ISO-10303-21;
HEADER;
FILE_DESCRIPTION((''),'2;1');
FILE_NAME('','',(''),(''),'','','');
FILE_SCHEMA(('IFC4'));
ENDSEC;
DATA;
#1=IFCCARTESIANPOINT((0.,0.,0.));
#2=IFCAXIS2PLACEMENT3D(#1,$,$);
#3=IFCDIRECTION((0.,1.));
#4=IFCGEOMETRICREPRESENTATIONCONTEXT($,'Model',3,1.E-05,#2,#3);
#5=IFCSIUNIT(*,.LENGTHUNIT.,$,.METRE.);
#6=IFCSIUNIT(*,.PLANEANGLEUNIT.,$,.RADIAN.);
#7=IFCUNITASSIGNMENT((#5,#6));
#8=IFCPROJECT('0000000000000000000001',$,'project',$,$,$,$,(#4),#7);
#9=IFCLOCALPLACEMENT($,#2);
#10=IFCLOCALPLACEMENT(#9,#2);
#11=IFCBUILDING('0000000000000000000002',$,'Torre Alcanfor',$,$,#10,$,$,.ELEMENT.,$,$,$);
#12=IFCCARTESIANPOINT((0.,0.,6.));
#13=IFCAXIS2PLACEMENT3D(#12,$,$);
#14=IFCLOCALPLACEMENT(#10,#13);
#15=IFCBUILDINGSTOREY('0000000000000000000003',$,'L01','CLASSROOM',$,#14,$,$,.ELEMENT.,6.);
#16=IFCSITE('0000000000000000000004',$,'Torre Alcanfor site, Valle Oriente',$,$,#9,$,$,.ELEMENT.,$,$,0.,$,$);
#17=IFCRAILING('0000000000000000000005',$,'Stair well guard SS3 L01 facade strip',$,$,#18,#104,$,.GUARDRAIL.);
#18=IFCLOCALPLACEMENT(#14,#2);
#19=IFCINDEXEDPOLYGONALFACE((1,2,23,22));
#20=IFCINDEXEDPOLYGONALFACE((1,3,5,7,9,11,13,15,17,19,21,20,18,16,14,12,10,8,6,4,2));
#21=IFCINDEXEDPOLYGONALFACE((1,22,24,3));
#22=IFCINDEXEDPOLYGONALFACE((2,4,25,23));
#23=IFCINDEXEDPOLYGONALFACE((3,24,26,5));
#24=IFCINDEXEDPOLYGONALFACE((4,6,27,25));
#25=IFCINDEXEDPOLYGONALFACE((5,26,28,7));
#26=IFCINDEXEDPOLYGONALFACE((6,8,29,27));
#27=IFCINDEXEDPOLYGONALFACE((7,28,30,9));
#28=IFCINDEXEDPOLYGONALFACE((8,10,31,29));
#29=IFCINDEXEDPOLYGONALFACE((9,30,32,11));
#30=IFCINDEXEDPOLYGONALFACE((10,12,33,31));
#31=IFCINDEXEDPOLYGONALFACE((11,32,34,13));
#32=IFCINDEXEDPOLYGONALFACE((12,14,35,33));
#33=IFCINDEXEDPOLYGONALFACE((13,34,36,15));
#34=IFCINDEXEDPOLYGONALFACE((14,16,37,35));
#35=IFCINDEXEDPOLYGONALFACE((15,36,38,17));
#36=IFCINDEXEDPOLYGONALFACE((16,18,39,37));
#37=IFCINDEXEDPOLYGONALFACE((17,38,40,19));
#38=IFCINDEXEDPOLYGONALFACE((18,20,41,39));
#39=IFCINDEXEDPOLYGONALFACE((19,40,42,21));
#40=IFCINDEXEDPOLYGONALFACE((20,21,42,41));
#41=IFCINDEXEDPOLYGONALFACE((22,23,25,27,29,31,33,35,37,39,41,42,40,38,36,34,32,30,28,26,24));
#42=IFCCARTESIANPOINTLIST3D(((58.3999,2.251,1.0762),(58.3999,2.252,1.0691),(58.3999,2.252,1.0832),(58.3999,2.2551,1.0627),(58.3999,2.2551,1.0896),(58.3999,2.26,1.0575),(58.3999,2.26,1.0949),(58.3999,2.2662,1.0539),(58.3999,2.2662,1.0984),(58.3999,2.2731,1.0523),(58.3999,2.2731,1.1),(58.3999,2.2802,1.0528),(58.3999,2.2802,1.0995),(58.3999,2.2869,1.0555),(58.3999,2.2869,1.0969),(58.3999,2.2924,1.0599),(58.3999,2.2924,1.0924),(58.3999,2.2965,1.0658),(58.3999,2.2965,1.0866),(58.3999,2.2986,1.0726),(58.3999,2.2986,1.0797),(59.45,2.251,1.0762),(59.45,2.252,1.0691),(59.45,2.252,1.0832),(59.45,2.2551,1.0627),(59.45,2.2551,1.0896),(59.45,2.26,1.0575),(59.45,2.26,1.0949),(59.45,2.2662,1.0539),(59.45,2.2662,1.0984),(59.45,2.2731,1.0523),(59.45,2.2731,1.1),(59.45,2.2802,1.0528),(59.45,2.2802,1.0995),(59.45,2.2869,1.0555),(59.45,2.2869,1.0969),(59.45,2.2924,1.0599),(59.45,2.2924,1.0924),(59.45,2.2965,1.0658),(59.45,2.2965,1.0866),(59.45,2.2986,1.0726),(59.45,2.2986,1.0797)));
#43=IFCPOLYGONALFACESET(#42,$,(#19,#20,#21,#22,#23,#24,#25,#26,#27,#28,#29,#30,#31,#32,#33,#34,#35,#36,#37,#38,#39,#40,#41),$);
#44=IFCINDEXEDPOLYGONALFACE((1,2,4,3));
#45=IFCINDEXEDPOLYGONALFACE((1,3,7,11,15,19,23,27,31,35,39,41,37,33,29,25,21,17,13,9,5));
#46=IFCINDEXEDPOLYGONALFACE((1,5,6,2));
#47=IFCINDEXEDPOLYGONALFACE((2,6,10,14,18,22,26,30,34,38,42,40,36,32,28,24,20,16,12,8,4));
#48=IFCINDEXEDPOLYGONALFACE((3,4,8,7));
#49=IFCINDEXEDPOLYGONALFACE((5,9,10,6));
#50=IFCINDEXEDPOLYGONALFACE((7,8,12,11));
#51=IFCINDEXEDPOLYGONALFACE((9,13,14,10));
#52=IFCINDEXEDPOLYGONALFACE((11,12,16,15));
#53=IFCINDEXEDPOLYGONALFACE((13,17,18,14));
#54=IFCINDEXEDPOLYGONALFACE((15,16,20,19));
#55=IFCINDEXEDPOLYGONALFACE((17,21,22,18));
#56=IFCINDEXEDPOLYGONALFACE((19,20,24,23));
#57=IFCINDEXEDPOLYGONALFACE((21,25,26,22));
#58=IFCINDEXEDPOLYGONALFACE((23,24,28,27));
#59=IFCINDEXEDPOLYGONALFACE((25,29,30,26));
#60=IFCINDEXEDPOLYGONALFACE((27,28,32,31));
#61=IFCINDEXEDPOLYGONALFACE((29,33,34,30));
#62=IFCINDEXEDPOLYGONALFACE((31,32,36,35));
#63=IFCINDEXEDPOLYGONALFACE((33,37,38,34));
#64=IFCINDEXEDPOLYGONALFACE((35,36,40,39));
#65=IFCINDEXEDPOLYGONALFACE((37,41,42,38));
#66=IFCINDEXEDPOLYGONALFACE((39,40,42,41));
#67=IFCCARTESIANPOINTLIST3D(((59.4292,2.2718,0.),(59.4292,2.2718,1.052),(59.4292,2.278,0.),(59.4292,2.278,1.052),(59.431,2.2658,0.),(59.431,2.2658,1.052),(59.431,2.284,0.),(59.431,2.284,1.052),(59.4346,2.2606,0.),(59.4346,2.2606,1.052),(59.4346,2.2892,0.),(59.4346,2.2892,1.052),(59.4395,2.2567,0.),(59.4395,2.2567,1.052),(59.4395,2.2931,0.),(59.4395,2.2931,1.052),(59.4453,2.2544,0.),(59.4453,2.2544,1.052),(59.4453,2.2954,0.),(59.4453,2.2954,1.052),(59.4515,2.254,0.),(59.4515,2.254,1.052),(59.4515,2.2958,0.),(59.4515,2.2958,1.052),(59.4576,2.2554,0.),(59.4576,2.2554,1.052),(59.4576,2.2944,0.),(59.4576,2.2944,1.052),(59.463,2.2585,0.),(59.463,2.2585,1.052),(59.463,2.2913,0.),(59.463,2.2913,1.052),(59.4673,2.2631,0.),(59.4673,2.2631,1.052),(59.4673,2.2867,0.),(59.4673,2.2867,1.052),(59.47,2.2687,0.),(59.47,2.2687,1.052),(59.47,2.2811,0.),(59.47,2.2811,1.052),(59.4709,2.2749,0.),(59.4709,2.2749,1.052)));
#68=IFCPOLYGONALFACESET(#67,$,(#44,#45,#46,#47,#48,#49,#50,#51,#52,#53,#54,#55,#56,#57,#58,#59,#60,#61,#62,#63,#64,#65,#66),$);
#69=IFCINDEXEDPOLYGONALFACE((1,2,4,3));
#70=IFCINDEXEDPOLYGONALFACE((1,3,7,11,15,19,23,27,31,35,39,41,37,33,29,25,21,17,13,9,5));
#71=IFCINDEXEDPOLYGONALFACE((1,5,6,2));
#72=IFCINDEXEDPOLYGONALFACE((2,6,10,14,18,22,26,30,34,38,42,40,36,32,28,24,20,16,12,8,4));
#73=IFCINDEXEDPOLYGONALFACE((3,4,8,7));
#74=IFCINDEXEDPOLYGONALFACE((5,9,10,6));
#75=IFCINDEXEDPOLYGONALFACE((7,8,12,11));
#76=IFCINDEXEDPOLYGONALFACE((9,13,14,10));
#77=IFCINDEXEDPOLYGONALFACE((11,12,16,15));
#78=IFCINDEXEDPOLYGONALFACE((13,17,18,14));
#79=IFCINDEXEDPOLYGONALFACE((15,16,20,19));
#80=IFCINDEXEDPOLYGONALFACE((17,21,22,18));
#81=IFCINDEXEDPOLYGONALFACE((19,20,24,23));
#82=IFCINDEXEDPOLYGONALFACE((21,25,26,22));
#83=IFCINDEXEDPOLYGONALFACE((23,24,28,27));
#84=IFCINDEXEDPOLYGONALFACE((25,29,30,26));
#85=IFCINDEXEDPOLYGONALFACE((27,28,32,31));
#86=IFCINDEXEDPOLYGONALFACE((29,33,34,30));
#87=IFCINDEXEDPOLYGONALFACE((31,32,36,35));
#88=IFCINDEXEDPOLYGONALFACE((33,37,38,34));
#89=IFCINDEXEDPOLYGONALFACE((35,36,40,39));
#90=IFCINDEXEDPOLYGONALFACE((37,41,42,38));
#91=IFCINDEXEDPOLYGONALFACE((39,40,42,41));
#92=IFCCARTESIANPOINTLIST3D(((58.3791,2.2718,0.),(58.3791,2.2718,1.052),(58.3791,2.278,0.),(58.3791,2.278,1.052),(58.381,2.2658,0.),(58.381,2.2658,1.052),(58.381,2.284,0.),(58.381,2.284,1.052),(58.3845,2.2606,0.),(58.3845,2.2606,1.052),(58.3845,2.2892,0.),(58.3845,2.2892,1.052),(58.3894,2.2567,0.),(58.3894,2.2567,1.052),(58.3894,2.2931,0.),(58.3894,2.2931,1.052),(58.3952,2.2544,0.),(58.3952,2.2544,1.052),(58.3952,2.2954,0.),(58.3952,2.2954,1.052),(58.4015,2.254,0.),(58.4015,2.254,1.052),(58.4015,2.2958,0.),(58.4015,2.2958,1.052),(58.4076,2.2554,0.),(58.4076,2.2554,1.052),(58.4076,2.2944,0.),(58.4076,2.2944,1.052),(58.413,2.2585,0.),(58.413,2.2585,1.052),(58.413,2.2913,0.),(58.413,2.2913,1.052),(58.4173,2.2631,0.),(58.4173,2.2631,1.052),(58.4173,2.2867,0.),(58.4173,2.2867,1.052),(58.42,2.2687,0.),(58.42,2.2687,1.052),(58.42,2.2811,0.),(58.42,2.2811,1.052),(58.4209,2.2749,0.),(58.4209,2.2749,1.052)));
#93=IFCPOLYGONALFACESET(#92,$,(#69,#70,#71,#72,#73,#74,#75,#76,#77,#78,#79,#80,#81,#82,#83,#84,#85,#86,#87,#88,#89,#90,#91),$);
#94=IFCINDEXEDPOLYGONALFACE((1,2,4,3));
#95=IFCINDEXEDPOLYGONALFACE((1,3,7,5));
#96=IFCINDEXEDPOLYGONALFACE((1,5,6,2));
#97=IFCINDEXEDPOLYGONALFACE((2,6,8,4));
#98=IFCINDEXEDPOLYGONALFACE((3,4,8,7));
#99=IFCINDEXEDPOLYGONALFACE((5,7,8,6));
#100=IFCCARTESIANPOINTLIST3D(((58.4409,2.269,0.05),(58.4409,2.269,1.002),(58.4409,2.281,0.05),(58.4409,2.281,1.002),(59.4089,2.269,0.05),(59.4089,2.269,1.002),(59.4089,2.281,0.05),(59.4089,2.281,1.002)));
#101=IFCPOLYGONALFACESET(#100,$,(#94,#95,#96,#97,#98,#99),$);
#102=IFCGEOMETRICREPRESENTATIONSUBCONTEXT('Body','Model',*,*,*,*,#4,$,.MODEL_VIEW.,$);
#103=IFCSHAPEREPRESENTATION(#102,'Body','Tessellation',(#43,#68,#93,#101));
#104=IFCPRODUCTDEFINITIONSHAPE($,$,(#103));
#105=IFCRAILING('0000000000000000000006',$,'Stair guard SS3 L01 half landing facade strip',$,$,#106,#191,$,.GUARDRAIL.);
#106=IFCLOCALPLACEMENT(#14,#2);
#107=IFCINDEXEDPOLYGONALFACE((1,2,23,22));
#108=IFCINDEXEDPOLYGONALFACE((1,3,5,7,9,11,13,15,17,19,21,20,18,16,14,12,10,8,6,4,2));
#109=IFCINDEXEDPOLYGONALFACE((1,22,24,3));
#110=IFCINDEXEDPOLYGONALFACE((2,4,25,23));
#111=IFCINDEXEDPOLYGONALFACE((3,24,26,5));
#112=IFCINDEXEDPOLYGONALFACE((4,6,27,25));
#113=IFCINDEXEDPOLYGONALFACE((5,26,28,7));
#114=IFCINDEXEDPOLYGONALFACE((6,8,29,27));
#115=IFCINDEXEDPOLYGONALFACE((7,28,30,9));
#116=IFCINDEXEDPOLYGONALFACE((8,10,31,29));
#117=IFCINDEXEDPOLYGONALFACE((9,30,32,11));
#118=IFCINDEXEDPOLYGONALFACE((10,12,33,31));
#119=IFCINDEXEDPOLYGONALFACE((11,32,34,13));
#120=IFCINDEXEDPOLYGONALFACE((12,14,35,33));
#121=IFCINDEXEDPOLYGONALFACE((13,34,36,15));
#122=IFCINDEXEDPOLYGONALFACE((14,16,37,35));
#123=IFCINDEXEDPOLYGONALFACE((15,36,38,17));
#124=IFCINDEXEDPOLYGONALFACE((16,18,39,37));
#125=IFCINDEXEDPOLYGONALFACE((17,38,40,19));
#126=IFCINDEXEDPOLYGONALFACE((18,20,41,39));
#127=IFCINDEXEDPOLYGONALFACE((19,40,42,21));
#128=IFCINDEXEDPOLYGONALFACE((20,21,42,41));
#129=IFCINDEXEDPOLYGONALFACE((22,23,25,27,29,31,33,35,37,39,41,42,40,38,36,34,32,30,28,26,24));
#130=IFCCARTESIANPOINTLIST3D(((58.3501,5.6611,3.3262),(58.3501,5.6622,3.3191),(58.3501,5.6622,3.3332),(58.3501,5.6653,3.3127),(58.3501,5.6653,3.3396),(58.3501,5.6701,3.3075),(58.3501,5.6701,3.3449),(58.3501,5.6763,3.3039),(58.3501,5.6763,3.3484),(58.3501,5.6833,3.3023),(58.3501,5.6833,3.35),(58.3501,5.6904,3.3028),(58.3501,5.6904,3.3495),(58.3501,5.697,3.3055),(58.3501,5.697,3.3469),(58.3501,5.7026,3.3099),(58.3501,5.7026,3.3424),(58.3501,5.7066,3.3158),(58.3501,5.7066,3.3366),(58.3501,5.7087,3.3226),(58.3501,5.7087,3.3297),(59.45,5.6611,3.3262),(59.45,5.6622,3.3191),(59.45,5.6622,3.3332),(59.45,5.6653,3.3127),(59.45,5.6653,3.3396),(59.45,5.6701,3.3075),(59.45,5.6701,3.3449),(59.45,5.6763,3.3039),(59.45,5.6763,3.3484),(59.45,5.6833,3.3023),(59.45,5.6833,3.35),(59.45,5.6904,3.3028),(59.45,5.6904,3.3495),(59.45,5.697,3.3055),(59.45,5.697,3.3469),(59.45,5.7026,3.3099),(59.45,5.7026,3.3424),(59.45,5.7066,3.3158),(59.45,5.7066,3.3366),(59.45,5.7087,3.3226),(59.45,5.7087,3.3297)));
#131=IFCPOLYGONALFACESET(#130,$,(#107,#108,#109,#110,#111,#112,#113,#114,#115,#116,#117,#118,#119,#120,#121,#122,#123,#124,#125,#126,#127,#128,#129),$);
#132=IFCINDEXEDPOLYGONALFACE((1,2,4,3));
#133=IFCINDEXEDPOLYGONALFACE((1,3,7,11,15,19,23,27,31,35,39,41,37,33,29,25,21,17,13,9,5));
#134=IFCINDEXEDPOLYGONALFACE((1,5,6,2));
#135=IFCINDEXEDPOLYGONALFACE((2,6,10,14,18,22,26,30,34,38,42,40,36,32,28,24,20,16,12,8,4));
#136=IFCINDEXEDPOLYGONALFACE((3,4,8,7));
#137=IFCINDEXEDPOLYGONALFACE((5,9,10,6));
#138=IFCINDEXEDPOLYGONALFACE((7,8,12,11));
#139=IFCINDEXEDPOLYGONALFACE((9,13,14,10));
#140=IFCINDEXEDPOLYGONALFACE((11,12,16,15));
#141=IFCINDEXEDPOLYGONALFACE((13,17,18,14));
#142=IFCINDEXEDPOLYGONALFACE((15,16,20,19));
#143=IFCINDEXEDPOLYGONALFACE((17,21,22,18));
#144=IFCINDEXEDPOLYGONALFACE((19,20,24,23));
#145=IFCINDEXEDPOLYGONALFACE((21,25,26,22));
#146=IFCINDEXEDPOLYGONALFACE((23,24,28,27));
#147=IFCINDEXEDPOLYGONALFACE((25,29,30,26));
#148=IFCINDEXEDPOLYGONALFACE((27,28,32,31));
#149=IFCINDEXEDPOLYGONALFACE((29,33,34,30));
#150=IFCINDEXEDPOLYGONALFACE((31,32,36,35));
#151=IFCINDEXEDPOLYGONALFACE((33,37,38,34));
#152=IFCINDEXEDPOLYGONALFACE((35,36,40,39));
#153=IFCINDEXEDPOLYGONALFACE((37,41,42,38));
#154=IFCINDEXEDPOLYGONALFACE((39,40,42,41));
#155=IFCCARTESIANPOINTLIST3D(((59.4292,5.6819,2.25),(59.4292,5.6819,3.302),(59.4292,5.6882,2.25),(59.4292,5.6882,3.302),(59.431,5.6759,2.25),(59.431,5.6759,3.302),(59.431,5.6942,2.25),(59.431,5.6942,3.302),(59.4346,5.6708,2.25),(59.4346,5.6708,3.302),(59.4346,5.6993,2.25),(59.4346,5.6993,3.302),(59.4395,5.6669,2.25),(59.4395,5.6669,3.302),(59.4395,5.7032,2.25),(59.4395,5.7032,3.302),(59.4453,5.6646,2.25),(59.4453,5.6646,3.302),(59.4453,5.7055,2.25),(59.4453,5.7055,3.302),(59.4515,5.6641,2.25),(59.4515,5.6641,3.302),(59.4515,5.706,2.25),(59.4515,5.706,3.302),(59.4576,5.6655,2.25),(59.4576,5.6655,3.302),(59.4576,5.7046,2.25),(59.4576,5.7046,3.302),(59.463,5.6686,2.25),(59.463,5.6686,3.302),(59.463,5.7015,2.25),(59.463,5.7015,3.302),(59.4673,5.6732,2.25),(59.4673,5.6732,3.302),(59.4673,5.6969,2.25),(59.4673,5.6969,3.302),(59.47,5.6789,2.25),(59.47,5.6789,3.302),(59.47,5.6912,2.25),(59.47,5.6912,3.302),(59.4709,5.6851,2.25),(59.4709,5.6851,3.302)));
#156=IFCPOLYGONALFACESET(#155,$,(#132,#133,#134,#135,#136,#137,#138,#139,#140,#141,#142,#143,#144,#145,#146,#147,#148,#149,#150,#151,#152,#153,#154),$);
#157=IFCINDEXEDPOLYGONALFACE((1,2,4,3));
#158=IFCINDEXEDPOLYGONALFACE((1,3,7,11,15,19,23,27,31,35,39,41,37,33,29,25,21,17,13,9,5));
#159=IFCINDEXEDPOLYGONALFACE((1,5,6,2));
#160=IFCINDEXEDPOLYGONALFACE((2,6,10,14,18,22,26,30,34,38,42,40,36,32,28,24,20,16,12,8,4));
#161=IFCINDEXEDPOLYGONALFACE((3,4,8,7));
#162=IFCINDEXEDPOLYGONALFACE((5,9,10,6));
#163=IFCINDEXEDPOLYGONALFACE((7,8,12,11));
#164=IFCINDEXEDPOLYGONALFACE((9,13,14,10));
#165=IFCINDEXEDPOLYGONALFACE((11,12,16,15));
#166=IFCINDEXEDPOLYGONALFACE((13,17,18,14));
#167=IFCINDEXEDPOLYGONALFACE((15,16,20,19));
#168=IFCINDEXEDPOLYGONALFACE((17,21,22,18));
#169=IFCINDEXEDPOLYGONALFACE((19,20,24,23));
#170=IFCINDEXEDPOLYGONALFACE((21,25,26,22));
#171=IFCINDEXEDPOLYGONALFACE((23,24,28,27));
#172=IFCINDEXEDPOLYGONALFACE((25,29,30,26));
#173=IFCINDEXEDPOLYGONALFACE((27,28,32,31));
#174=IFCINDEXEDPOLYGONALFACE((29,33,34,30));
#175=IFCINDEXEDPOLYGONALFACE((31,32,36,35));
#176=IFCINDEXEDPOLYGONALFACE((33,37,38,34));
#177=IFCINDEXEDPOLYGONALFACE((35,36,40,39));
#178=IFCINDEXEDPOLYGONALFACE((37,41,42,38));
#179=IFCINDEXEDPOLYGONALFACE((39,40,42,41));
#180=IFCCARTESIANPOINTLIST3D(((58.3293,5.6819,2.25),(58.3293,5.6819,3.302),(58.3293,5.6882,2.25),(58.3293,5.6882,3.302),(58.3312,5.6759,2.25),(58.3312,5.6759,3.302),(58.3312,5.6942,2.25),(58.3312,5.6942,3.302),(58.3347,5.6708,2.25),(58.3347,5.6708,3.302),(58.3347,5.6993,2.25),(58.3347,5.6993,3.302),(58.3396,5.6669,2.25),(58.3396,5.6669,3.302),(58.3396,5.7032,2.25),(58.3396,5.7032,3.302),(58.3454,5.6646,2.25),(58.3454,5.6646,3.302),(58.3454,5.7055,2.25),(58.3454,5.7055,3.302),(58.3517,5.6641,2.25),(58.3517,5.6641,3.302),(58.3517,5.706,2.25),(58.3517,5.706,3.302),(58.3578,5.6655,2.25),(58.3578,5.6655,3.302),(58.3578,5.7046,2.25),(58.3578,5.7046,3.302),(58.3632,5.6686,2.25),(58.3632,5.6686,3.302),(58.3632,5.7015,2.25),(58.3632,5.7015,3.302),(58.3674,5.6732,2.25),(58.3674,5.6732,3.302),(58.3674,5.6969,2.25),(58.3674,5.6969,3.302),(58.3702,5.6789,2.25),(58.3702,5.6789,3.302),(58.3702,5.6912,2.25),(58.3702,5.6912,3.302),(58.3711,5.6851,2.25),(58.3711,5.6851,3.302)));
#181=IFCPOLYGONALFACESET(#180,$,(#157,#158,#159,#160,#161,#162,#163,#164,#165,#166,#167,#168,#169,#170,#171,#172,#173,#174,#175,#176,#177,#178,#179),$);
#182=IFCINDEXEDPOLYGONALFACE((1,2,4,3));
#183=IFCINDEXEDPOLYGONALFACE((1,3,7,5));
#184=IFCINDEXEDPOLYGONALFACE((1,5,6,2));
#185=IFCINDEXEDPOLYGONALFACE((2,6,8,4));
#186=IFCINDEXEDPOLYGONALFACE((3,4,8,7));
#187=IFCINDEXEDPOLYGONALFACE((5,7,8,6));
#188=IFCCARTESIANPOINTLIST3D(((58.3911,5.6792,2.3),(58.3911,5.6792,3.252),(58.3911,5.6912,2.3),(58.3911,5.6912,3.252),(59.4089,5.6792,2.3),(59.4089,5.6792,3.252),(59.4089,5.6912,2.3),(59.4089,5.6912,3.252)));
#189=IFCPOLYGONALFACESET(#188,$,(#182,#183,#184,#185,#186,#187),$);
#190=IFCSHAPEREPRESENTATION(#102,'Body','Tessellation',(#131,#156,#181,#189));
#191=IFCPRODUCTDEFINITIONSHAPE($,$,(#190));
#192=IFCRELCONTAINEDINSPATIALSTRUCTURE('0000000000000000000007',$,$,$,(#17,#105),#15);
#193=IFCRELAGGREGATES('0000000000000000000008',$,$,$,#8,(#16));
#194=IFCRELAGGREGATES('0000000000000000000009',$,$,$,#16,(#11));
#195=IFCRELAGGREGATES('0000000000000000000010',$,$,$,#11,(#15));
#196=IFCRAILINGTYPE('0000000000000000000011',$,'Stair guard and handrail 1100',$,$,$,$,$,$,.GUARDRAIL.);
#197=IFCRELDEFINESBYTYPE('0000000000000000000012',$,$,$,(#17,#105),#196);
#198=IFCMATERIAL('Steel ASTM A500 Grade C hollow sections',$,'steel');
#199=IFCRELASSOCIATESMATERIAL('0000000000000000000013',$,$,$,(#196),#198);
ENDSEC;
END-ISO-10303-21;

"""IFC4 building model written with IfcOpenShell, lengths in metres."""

from ifc_helpers import new_model, si_unit, direction, frame, origin, origin_2d, place, context, subcontext, project, spatial, polyline, circle, outline, extrude, material, type_object, element, save


model = new_model("IFC4")

# Units and contexts
model_context = context("Model", 3, precision=1e-05, world=origin(), true_north=direction((0.0, 1.0)))
body_context = subcontext(model_context, "Body", "Model", "MODEL_VIEW")
ifc_project = project(units=[si_unit("LENGTHUNIT", "METRE"), si_unit("PLANEANGLEUNIT", "RADIAN")], contexts=[model_context])

# Site, building, storey
site_placement = place(None, origin())
site = spatial("IfcSite", under=ifc_project, at=site_placement, Name="Torre Alcanfor site, Valle Oriente", CompositionType="ELEMENT", RefElevation=0.0)
building_placement = place(site_placement, origin())
building = spatial("IfcBuilding", under=site, at=building_placement, Name="Torre Alcanfor", CompositionType="ELEMENT")
storey_placement = place(building_placement, frame((0.0, 0.0, 6.0)))
storey = spatial("IfcBuildingStorey", under=building, at=storey_placement, Name="L01", Description="CLASSROOM", CompositionType="ELEMENT", Elevation=6.0)

# Railings
ifc_material_1 = material(Name="Steel ASTM A500 Grade C hollow sections", Category="steel")
railing_type_1 = type_object("IfcRailingType", Name="Stair guard and handrail 1100", PredefinedType="GUARDRAIL", material=ifc_material_1)
railing_1_placement = place(storey_placement, frame((59.45, 2.2749, 0.0)))
element("IfcRailing", 1, at=railing_1_placement, inside=storey, type_object=railing_type_1, Name="Stair well guard SS3 L01 facade strip", PredefinedType="GUARDRAIL", context=body_context, shape_type="SweptSolid", body=[
    extrude(circle(Radius=0.0239, at=origin_2d()), frame((0.0, 0.0, 1.0762), z_axis=(-1.0, 0.0, 0.0), x_axis=(0.0, -1.0, 0.0)), (0.0, 0.0, 1.0), 1.05),
    extrude(circle(Radius=0.021, at=origin_2d()), origin(), (0.0, 0.0, 1.0), 1.052),
    extrude(circle(Radius=0.021, at=origin_2d()), frame((-1.05, 0.0, 0.0)), (0.0, 0.0, 1.0), 1.052),
    extrude(outline(polyline([(0.041, 0.05), (1.009, 0.05), (1.009, 1.002), (0.041, 1.002), (0.041, 0.05)])), frame((0.0, -0.0059, 0.0), z_axis=(0.0, 1.0, 0.0), x_axis=(-1.0, 0.0, 0.0)), (0.0, 0.0, 1.0), 0.012),
])
railing_2_placement = place(storey_placement, frame((59.45, 5.6851, 2.25)))
element("IfcRailing", 2, at=railing_2_placement, inside=storey, type_object=railing_type_1, Name="Stair guard SS3 L01 half landing facade strip", PredefinedType="GUARDRAIL", context=body_context, shape_type="SweptSolid", body=[
    extrude(circle(Radius=0.0239, at=origin_2d()), frame((0.0, 0.0, 1.0762), z_axis=(-1.0, 0.0, 0.0), x_axis=(0.0, -1.0, 0.0)), (0.0, 0.0, 1.0), 1.0999),
    extrude(circle(Radius=0.021, at=origin_2d()), origin(), (0.0, 0.0, 1.0), 1.052),
    extrude(circle(Radius=0.021, at=origin_2d()), frame((-1.0999, 0.0, 0.0)), (0.0, 0.0, 1.0), 1.052),
    extrude(outline(polyline([(0.041, 0.05), (1.0588, 0.05), (1.0588, 1.002), (0.041, 1.002), (0.041, 0.05)])), frame((0.0, -0.0059, 0.0), z_axis=(0.0, 1.0, 0.0), x_axis=(-1.0, 0.0, 0.0)), (0.0, 0.0, 1.0), 0.012),
])

save(model, "model.ifc")
